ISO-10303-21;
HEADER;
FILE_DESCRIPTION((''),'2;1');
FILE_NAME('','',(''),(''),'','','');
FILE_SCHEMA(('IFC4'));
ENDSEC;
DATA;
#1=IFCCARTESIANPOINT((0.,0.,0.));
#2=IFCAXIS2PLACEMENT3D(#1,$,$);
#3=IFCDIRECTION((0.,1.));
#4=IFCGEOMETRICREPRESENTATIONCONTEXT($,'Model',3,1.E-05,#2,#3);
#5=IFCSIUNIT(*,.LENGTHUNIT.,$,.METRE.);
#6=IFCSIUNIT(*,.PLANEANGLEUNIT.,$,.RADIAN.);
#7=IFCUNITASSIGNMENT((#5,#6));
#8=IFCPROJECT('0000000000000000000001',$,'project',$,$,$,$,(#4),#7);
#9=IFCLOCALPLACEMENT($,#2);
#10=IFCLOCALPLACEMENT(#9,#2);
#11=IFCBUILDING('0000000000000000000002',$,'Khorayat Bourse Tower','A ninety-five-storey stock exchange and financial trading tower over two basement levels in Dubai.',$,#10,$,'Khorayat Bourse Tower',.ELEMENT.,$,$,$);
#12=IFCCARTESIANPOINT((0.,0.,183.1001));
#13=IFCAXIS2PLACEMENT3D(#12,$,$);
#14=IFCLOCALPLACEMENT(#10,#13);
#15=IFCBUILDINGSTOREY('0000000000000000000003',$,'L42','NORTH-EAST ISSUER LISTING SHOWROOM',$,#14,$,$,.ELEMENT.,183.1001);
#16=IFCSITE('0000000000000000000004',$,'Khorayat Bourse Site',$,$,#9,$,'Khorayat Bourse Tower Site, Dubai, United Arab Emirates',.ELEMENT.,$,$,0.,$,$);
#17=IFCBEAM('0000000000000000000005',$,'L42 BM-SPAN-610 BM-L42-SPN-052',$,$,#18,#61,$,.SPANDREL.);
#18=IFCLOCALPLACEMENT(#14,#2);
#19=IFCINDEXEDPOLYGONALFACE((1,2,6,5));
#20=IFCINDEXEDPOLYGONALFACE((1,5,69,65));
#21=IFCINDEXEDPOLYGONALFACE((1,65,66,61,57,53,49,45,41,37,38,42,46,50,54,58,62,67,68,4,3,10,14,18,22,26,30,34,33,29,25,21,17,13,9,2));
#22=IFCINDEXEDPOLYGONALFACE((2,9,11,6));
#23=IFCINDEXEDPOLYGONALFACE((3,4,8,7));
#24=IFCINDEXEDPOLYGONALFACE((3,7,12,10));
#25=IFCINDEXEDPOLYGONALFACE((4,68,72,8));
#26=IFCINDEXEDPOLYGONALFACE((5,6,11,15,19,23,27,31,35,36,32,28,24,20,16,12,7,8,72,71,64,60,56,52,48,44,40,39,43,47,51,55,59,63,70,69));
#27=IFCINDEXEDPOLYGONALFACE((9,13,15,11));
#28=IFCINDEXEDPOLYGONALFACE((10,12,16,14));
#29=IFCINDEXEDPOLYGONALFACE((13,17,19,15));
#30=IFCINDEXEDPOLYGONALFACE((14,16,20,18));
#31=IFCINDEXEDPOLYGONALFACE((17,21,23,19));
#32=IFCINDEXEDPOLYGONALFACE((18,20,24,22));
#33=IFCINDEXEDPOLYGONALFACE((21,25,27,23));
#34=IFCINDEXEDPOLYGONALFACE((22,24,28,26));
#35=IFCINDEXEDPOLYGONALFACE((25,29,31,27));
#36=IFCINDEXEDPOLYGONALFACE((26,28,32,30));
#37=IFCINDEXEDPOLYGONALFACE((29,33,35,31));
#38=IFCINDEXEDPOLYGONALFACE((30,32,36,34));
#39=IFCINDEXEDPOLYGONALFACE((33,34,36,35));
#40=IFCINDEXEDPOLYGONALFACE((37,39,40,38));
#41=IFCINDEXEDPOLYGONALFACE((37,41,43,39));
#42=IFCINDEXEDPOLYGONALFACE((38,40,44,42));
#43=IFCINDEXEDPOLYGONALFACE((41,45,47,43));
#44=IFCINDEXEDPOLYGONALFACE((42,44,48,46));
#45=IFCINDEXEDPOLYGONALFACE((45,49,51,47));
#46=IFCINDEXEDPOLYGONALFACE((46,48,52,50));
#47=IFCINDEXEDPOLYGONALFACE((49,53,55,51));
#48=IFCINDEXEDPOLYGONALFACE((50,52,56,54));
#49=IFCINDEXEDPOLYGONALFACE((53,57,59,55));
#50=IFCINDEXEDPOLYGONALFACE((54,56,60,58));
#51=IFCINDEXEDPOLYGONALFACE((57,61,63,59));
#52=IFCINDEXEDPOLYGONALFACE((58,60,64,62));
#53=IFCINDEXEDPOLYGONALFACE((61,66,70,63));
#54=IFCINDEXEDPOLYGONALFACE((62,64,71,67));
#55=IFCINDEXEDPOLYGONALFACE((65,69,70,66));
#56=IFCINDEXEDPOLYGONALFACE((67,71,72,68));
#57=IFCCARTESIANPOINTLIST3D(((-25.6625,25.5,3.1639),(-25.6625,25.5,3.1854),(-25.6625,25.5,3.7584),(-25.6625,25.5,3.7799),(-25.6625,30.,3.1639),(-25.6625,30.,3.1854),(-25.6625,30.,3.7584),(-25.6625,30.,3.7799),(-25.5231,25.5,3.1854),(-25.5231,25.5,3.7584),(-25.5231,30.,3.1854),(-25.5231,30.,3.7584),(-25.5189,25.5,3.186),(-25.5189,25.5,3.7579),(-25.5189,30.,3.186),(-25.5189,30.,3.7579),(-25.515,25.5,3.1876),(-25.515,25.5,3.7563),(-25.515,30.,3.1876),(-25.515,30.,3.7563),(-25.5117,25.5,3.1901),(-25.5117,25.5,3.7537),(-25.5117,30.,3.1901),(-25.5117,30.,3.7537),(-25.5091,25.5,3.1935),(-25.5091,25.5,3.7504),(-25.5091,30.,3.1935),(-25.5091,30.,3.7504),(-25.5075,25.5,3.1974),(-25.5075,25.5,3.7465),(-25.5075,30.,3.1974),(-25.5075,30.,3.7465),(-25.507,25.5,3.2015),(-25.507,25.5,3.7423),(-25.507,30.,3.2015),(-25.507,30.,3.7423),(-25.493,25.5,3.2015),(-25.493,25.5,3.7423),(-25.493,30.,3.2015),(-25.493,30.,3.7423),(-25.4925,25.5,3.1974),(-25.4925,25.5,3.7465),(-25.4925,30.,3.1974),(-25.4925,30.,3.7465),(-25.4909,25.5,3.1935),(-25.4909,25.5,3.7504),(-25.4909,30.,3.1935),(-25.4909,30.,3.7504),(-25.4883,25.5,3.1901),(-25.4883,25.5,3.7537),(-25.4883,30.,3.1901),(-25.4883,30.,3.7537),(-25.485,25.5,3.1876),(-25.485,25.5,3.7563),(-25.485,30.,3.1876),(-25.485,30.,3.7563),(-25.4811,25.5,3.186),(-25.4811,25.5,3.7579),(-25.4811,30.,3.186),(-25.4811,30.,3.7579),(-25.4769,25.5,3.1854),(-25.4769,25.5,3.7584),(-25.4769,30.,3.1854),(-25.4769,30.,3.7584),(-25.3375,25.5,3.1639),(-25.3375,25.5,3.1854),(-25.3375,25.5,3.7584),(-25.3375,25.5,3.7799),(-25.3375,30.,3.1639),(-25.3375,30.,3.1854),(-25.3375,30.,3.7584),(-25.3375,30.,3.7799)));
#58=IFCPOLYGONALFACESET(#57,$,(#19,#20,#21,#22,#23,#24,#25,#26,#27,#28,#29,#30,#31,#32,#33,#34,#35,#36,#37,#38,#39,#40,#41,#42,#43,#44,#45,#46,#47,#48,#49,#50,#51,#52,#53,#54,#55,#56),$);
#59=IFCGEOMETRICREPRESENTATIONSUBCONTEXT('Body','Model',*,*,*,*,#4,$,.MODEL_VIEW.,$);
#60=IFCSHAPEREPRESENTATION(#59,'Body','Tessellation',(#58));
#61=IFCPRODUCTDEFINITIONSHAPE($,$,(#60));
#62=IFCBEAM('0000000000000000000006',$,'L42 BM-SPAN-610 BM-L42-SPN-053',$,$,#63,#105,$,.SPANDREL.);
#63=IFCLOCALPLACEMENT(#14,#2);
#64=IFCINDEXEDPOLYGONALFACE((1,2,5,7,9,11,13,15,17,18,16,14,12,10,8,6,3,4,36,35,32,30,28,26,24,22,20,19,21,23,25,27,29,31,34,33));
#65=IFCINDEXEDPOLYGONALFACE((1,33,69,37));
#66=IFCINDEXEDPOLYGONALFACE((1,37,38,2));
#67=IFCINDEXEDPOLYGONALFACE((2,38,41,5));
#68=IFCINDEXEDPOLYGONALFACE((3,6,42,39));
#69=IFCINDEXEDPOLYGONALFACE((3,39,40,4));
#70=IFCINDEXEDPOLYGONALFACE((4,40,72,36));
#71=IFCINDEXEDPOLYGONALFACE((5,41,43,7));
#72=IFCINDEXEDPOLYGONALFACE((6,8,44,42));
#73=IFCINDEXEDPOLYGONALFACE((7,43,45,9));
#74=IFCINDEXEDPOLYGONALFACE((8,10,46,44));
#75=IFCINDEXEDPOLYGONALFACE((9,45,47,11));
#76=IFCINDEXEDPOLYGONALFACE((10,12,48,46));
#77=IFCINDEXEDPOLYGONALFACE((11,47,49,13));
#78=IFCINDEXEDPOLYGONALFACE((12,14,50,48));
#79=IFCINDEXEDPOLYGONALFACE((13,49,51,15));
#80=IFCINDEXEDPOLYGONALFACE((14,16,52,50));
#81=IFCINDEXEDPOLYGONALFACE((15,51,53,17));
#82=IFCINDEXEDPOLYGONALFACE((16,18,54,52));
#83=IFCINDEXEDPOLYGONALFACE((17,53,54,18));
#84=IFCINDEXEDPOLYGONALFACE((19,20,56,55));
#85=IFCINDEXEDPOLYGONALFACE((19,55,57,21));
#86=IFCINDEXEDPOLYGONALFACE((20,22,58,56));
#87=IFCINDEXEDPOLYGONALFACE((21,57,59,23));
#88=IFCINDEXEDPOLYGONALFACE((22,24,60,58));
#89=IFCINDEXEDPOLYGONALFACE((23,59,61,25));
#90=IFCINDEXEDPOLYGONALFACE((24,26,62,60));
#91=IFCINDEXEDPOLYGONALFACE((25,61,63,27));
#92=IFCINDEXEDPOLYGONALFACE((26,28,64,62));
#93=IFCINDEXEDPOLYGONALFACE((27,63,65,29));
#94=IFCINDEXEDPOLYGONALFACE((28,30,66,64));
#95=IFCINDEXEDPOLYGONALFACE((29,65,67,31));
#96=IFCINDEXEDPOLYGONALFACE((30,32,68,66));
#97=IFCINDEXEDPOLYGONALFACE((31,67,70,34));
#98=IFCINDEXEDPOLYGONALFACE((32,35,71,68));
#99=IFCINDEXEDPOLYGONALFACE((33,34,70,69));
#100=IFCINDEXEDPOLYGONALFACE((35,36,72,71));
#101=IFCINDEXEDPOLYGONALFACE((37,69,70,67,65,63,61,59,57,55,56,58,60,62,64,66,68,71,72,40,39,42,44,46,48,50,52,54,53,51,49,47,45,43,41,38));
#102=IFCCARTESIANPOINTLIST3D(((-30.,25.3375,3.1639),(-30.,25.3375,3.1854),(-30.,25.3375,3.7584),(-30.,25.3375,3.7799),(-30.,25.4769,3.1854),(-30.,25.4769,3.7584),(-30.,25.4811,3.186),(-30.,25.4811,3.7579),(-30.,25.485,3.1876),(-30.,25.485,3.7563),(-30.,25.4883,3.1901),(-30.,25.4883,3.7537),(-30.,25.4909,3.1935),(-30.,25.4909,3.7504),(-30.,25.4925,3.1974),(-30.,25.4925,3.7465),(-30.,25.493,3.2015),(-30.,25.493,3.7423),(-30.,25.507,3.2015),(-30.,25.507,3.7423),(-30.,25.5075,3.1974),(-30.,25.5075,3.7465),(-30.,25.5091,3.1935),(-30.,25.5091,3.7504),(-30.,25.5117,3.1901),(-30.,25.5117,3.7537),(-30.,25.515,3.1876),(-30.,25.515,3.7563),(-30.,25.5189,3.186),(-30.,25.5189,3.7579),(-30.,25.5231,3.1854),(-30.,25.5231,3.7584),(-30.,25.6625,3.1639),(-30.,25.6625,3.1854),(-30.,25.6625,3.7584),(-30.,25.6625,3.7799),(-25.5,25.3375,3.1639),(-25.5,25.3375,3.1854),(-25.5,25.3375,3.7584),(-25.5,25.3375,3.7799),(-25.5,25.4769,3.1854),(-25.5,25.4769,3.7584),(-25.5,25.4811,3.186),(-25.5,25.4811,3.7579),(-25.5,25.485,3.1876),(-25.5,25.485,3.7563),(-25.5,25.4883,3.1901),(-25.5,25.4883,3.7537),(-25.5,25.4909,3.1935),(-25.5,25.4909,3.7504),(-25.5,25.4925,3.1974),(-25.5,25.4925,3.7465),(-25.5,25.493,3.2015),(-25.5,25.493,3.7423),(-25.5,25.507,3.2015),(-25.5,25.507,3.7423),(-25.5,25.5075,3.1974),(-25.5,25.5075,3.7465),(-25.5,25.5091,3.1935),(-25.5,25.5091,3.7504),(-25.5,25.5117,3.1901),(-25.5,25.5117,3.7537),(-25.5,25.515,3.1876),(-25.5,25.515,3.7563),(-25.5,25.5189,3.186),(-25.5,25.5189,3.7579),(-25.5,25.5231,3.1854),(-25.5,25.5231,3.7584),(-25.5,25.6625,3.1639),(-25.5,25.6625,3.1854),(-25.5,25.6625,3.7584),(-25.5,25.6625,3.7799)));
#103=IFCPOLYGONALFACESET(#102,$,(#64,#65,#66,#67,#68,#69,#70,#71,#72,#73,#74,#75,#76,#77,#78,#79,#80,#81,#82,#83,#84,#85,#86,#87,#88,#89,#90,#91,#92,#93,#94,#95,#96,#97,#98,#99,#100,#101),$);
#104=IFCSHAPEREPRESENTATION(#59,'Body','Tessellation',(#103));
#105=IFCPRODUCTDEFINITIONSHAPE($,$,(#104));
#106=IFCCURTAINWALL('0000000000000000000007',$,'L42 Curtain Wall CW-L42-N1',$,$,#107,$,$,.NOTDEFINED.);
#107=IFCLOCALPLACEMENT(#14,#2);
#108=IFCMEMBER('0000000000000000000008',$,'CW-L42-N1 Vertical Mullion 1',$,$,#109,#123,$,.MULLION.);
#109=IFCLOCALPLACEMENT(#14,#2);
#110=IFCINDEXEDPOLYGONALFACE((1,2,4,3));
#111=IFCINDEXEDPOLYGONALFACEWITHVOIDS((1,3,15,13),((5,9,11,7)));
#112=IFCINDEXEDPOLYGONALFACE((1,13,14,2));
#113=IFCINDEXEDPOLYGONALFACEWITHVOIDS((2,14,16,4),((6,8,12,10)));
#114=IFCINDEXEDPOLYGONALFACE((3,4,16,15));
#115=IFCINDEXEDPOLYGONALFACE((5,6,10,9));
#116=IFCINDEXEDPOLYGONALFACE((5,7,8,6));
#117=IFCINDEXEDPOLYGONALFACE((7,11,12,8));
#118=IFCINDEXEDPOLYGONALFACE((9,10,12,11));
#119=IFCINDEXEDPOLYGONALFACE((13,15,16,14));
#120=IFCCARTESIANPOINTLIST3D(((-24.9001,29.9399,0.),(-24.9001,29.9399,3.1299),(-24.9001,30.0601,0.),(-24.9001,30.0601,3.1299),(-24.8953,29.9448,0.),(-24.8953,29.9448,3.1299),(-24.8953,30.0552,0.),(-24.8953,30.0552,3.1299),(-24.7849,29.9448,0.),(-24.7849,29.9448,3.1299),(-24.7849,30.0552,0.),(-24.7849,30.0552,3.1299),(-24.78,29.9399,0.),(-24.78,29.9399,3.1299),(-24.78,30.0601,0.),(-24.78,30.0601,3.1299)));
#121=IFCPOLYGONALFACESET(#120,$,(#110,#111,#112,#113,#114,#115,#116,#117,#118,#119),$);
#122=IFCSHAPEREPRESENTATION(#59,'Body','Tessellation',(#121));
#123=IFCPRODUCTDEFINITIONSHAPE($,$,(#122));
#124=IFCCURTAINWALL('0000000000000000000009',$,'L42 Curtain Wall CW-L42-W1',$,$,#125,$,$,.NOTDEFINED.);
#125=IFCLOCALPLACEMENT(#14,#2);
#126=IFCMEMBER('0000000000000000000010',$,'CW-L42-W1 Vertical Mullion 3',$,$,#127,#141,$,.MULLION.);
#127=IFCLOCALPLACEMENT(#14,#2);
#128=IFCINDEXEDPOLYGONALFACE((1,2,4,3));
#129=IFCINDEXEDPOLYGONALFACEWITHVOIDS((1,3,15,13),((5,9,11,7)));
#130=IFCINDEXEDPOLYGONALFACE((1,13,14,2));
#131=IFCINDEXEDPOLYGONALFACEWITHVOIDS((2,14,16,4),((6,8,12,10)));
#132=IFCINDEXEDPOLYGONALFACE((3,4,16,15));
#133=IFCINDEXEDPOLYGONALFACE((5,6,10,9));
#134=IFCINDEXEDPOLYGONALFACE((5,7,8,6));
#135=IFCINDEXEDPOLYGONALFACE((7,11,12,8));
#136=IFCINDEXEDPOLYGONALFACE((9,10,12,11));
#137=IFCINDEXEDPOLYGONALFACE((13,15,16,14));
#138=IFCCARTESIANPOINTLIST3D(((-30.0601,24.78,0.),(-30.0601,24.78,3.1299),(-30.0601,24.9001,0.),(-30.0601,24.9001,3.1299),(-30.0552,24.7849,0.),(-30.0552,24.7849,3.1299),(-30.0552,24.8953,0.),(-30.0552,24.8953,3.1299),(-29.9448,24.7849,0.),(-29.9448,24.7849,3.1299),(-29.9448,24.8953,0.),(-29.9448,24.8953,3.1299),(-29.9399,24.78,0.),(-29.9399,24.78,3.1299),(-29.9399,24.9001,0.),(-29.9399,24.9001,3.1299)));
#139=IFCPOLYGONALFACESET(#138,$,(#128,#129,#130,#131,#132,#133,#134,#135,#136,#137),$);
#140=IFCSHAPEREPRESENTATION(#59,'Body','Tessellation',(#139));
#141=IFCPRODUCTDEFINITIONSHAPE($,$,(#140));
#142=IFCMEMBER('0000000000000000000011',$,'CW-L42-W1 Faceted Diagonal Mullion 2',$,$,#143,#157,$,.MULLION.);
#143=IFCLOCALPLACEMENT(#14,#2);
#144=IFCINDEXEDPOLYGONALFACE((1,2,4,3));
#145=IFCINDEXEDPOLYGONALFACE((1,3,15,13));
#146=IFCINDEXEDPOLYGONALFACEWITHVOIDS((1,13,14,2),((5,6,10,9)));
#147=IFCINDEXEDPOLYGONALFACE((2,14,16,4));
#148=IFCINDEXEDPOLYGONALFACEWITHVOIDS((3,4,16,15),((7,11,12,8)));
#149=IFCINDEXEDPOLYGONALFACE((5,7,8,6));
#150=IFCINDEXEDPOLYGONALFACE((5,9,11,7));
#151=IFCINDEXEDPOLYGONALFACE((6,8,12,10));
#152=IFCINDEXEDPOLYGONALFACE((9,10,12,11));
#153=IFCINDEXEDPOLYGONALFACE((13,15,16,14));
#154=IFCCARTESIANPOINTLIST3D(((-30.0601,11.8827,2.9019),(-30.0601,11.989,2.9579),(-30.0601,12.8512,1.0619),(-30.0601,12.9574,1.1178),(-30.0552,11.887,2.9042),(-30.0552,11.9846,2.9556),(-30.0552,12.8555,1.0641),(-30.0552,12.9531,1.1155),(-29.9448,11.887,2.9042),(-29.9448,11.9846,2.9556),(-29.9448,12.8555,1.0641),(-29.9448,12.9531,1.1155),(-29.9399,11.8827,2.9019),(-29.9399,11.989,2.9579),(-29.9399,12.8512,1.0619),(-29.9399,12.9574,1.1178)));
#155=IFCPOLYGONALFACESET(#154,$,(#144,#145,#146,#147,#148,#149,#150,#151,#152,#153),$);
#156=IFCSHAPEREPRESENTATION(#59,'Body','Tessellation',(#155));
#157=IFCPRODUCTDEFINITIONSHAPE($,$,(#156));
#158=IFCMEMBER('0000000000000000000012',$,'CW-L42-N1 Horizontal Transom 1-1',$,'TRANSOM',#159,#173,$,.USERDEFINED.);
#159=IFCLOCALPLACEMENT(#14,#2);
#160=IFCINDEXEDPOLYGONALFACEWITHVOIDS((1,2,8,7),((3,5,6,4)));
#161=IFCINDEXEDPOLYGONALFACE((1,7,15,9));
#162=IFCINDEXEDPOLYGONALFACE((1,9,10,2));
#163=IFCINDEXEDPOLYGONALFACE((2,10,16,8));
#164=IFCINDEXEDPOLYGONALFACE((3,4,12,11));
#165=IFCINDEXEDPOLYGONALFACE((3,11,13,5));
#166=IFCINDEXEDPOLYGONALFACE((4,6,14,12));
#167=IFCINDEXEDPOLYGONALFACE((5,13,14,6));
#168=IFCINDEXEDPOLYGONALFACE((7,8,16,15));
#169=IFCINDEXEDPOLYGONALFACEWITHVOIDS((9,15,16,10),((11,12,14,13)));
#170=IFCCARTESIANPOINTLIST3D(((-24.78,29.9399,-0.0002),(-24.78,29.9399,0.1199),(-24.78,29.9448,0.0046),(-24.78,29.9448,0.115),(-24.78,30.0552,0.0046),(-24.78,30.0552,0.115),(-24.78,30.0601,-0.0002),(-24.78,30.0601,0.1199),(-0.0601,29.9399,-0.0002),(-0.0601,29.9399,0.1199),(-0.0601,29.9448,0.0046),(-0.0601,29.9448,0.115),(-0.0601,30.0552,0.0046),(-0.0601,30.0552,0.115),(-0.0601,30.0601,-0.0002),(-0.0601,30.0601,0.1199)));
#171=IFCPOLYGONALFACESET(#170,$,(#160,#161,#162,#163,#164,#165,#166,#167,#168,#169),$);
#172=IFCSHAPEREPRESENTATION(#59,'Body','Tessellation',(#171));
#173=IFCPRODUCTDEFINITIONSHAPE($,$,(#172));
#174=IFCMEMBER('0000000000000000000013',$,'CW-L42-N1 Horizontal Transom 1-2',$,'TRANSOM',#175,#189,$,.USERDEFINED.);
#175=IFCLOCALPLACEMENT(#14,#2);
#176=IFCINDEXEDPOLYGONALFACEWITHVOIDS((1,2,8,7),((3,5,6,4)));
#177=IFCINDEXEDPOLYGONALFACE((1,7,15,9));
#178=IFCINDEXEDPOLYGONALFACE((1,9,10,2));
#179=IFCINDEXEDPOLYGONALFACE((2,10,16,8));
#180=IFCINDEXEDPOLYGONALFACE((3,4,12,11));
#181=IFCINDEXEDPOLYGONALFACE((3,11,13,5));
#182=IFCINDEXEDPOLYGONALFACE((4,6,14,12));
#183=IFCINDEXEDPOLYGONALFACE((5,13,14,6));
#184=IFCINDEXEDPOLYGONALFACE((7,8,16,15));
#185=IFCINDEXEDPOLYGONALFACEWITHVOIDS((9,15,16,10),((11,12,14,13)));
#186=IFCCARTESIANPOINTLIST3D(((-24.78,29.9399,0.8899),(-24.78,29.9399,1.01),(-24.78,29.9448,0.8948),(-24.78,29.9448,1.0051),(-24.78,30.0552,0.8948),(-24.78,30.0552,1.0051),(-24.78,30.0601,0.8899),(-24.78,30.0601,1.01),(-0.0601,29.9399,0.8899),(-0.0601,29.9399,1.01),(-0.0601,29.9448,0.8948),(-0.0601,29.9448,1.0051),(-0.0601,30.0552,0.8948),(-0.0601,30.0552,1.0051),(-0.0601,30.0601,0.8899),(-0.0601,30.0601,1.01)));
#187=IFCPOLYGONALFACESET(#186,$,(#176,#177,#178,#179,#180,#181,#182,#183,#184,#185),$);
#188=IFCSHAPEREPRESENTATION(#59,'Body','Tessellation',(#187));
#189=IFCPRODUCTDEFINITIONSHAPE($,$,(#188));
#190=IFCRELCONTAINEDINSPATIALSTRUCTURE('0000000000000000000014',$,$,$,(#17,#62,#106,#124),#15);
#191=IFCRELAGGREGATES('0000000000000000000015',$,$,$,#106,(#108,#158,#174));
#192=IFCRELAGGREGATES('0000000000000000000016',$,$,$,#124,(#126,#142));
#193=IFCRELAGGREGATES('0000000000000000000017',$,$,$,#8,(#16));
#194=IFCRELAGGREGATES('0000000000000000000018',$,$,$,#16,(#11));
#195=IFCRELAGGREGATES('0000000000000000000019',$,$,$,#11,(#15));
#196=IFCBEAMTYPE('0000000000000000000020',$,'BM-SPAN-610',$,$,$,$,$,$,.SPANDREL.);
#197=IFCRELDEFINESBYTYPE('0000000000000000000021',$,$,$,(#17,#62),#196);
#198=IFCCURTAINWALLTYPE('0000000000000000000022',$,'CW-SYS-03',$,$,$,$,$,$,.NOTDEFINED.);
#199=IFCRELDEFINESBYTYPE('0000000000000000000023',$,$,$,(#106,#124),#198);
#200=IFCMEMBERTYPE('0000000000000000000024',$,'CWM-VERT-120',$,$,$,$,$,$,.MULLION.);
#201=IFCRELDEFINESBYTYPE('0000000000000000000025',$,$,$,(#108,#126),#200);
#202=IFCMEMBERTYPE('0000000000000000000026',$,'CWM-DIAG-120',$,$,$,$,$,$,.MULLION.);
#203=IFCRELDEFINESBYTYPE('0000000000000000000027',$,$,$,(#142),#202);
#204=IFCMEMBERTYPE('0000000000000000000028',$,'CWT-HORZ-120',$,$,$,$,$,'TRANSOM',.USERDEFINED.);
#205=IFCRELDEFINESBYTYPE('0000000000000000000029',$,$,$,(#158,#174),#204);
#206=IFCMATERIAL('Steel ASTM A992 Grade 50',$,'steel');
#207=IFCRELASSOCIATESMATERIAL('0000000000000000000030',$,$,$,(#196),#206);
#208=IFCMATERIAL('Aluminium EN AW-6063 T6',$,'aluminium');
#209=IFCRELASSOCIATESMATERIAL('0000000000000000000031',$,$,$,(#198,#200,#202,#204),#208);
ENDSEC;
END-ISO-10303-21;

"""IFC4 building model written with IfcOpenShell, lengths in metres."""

from ifc_helpers import new_model, si_unit, direction, frame, origin, origin_2d, place, context, subcontext, project, spatial, hollow_rectangle, i_section, extrude, source, transform, mapped, material, material_profile, profile_set, type_object, element, aggregate, save


model = new_model("IFC4")

# Units and contexts
model_context = context("Model", 3, precision=1e-05, world=origin(), true_north=direction((0.0, 1.0)))
body_context = subcontext(model_context, "Body", "Model", "MODEL_VIEW")
ifc_project = project(units=[si_unit("LENGTHUNIT", "METRE"), si_unit("PLANEANGLEUNIT", "RADIAN")], contexts=[model_context])

# Site, building, storey
site_placement = place(None, origin())
site = spatial("IfcSite", under=ifc_project, at=site_placement, Name="Khorayat Bourse Site", LongName="Khorayat Bourse Tower Site, Dubai, United Arab Emirates", CompositionType="ELEMENT", RefElevation=0.0)
building_placement = place(site_placement, origin())
building = spatial("IfcBuilding", under=site, at=building_placement, Name="Khorayat Bourse Tower", Description="A ninety-five-storey stock exchange and financial trading tower over two basement levels in Dubai.", LongName="Khorayat Bourse Tower", CompositionType="ELEMENT")
storey_placement = place(building_placement, frame((0.0, 0.0, 183.1001)))
storey = spatial("IfcBuildingStorey", under=building, at=storey_placement, Name="L42", Description="NORTH-EAST ISSUER LISTING SHOWROOM", CompositionType="ELEMENT", Elevation=183.1001)

# Beams
ifc_material_1 = material(Name="Steel ASTM A992 Grade 50", Category="steel")
ifc_material_profile_1 = material_profile(ifc_material_1, i_section(OverallWidth=0.325, OverallDepth=0.616, WebThickness=0.0139, FlangeThickness=0.0215, FilletRadius=0.0161, at=origin_2d()), Name="W610X174")
ifc_profile_set_1 = profile_set([ifc_material_profile_1], Name="Steel ASTM A992 Grade 50")
beam_type_1 = type_object("IfcBeamType", Name="BM-SPAN-610", PredefinedType="SPANDREL", material=ifc_profile_set_1)
shared_shape_1 = source(origin(), body_context, "Body", "SweptSolid", [
    extrude(i_section(OverallWidth=0.325, OverallDepth=0.616, WebThickness=0.0139, FlangeThickness=0.0215, FilletRadius=0.0161, at=origin_2d()), origin(), (0.0, 0.0, 1.0), 4.5),
])
for number, where, z_axis, x_axis, name in (
    (1, (-25.5, 25.5, 3.4719), (0.0, 1.0, 0.0), (-1.0, 0.0, 0.0), "L42 BM-SPAN-610 BM-L42-SPN-052"),
    (2, (-30.0, 25.5, 3.4719), (1.0, 0.0, 0.0), (0.0, 1.0, 0.0), "L42 BM-SPAN-610 BM-L42-SPN-053"),
):
    element("IfcBeam", number, at=place(storey_placement, frame(where, z_axis=z_axis, x_axis=x_axis)), inside=storey, type_object=beam_type_1, Name=name, PredefinedType="SPANDREL", context=body_context, shape_type="MappedRepresentation", body=[
        mapped(shared_shape_1, transform((0.0, 0.0, 0.0), scale=1.0)),
    ])

# Curtain wall, member
ifc_material_2 = material(Name="Aluminium EN AW-6063 T6", Category="aluminium")
curtain_wall_type = type_object("IfcCurtainWallType", Name="CW-SYS-03", PredefinedType="NOTDEFINED", material=ifc_material_2)
curtain_wall_1_placement = place(storey_placement, origin())
curtain_wall_1 = element("IfcCurtainWall", 3, at=curtain_wall_1_placement, inside=storey, type_object=curtain_wall_type, Name="L42 Curtain Wall CW-L42-N1", PredefinedType="NOTDEFINED")
ifc_material_profile_2 = material_profile(ifc_material_2, hollow_rectangle(XDim=0.1201, YDim=0.1201, WallThickness=0.0049, at=origin_2d()), Name="ALU 120x120x5")
ifc_profile_set_2 = profile_set([ifc_material_profile_2], Name="Aluminium EN AW-6063 T6")
member_type_1 = type_object("IfcMemberType", Name="CWM-VERT-120", PredefinedType="MULLION", material=ifc_profile_set_2)
shared_shape_2 = source(origin(), body_context, "Body", "SweptSolid", [
    extrude(hollow_rectangle(XDim=0.1201, YDim=0.1201, WallThickness=0.0049, at=origin_2d()), origin(), (0.0, 0.0, 1.0), 3.1299),
])
member_1_placement = place(storey_placement, frame((-24.8401, 30.0, 0.0), z_axis=(0.0, 0.0, 1.0), x_axis=(0.0, 1.0, 0.0)))
member_1 = element("IfcMember", 4, at=member_1_placement, type_object=member_type_1, Name="CW-L42-N1 Vertical Mullion 1", PredefinedType="MULLION", context=body_context, shape_type="MappedRepresentation", body=[
    mapped(shared_shape_2, transform((0.0, 0.0, 0.0), scale=1.0)),
])

# Curtain wall, members
curtain_wall_2_placement = place(storey_placement, origin())
curtain_wall_2 = element("IfcCurtainWall", 5, at=curtain_wall_2_placement, inside=storey, type_object=curtain_wall_type, Name="L42 Curtain Wall CW-L42-W1", PredefinedType="NOTDEFINED")
member_2_placement = place(storey_placement, frame((-30.0, 24.8401, 0.0), z_axis=(0.0, 0.0, 1.0), x_axis=(-1.0, 0.0, 0.0)))
member_2 = element("IfcMember", 6, at=member_2_placement, type_object=member_type_1, Name="CW-L42-W1 Vertical Mullion 3", PredefinedType="MULLION", context=body_context, shape_type="MappedRepresentation", body=[
    mapped(shared_shape_2, transform((0.0, 0.0, 0.0), scale=1.0)),
])
ifc_material_profile_3 = material_profile(ifc_material_2, hollow_rectangle(XDim=0.1201, YDim=0.1201, WallThickness=0.0049, at=origin_2d()), Name="ALU 120x120x5")
ifc_profile_set_3 = profile_set([ifc_material_profile_3], Name="Aluminium EN AW-6063 T6")
member_type_2 = type_object("IfcMemberType", Name="CWM-DIAG-120", PredefinedType="MULLION", material=ifc_profile_set_3)
shared_shape_3 = source(origin(), body_context, "Body", "SweptSolid", [
    extrude(hollow_rectangle(XDim=0.1201, YDim=0.1201, WallThickness=0.0049, at=origin_2d()), origin(), (0.0, 0.0, 1.0), 2.0793),
])
member_3_placement = place(storey_placement, frame((-30.0, 12.9043, 1.0898), z_axis=(0.0, -0.465761, 0.884911), x_axis=(1.0, 0.0, 0.0)))
member_3 = element("IfcMember", 7, at=member_3_placement, type_object=member_type_2, Name="CW-L42-W1 Faceted Diagonal Mullion 2", PredefinedType="MULLION", context=body_context, shape_type="MappedRepresentation", body=[
    mapped(shared_shape_3, transform((0.0, 0.0, 0.0), scale=1.0)),
])

# Members
ifc_material_profile_4 = material_profile(ifc_material_2, hollow_rectangle(XDim=0.1201, YDim=0.1201, WallThickness=0.0049, at=origin_2d()), Name="ALU 120x120x5")
ifc_profile_set_4 = profile_set([ifc_material_profile_4], Name="Aluminium EN AW-6063 T6")
member_type_3 = type_object("IfcMemberType", Name="CWT-HORZ-120", ElementType="TRANSOM", PredefinedType="USERDEFINED", material=ifc_profile_set_4)
shared_shape_4 = source(origin(), body_context, "Body", "SweptSolid", [
    extrude(hollow_rectangle(XDim=0.1201, YDim=0.1201, WallThickness=0.0049, at=origin_2d()), origin(), (0.0, 0.0, 1.0), 24.72),
])
member_4_placement = place(storey_placement, frame((-24.78, 30.0, 0.0598), z_axis=(1.0, 0.0, 0.0), x_axis=(0.0, 1.0, 0.0)))
member_4 = element("IfcMember", 8, at=member_4_placement, type_object=member_type_3, Name="CW-L42-N1 Horizontal Transom 1-1", ObjectType="TRANSOM", PredefinedType="USERDEFINED", context=body_context, shape_type="MappedRepresentation", body=[
    mapped(shared_shape_4, transform((0.0, 0.0, 0.0), scale=1.0)),
])
member_5_placement = place(storey_placement, frame((-24.78, 30.0, 0.95), z_axis=(1.0, 0.0, 0.0), x_axis=(0.0, 1.0, 0.0)))
member_5 = element("IfcMember", 9, at=member_5_placement, type_object=member_type_3, Name="CW-L42-N1 Horizontal Transom 1-2", ObjectType="TRANSOM", PredefinedType="USERDEFINED", context=body_context, shape_type="MappedRepresentation", body=[
    mapped(shared_shape_4, transform((0.0, 0.0, 0.0), scale=1.0)),
])
aggregate(curtain_wall_1, [member_1, member_4, member_5])

aggregate(curtain_wall_2, [member_2, member_3])

save(model, "model.ifc")
